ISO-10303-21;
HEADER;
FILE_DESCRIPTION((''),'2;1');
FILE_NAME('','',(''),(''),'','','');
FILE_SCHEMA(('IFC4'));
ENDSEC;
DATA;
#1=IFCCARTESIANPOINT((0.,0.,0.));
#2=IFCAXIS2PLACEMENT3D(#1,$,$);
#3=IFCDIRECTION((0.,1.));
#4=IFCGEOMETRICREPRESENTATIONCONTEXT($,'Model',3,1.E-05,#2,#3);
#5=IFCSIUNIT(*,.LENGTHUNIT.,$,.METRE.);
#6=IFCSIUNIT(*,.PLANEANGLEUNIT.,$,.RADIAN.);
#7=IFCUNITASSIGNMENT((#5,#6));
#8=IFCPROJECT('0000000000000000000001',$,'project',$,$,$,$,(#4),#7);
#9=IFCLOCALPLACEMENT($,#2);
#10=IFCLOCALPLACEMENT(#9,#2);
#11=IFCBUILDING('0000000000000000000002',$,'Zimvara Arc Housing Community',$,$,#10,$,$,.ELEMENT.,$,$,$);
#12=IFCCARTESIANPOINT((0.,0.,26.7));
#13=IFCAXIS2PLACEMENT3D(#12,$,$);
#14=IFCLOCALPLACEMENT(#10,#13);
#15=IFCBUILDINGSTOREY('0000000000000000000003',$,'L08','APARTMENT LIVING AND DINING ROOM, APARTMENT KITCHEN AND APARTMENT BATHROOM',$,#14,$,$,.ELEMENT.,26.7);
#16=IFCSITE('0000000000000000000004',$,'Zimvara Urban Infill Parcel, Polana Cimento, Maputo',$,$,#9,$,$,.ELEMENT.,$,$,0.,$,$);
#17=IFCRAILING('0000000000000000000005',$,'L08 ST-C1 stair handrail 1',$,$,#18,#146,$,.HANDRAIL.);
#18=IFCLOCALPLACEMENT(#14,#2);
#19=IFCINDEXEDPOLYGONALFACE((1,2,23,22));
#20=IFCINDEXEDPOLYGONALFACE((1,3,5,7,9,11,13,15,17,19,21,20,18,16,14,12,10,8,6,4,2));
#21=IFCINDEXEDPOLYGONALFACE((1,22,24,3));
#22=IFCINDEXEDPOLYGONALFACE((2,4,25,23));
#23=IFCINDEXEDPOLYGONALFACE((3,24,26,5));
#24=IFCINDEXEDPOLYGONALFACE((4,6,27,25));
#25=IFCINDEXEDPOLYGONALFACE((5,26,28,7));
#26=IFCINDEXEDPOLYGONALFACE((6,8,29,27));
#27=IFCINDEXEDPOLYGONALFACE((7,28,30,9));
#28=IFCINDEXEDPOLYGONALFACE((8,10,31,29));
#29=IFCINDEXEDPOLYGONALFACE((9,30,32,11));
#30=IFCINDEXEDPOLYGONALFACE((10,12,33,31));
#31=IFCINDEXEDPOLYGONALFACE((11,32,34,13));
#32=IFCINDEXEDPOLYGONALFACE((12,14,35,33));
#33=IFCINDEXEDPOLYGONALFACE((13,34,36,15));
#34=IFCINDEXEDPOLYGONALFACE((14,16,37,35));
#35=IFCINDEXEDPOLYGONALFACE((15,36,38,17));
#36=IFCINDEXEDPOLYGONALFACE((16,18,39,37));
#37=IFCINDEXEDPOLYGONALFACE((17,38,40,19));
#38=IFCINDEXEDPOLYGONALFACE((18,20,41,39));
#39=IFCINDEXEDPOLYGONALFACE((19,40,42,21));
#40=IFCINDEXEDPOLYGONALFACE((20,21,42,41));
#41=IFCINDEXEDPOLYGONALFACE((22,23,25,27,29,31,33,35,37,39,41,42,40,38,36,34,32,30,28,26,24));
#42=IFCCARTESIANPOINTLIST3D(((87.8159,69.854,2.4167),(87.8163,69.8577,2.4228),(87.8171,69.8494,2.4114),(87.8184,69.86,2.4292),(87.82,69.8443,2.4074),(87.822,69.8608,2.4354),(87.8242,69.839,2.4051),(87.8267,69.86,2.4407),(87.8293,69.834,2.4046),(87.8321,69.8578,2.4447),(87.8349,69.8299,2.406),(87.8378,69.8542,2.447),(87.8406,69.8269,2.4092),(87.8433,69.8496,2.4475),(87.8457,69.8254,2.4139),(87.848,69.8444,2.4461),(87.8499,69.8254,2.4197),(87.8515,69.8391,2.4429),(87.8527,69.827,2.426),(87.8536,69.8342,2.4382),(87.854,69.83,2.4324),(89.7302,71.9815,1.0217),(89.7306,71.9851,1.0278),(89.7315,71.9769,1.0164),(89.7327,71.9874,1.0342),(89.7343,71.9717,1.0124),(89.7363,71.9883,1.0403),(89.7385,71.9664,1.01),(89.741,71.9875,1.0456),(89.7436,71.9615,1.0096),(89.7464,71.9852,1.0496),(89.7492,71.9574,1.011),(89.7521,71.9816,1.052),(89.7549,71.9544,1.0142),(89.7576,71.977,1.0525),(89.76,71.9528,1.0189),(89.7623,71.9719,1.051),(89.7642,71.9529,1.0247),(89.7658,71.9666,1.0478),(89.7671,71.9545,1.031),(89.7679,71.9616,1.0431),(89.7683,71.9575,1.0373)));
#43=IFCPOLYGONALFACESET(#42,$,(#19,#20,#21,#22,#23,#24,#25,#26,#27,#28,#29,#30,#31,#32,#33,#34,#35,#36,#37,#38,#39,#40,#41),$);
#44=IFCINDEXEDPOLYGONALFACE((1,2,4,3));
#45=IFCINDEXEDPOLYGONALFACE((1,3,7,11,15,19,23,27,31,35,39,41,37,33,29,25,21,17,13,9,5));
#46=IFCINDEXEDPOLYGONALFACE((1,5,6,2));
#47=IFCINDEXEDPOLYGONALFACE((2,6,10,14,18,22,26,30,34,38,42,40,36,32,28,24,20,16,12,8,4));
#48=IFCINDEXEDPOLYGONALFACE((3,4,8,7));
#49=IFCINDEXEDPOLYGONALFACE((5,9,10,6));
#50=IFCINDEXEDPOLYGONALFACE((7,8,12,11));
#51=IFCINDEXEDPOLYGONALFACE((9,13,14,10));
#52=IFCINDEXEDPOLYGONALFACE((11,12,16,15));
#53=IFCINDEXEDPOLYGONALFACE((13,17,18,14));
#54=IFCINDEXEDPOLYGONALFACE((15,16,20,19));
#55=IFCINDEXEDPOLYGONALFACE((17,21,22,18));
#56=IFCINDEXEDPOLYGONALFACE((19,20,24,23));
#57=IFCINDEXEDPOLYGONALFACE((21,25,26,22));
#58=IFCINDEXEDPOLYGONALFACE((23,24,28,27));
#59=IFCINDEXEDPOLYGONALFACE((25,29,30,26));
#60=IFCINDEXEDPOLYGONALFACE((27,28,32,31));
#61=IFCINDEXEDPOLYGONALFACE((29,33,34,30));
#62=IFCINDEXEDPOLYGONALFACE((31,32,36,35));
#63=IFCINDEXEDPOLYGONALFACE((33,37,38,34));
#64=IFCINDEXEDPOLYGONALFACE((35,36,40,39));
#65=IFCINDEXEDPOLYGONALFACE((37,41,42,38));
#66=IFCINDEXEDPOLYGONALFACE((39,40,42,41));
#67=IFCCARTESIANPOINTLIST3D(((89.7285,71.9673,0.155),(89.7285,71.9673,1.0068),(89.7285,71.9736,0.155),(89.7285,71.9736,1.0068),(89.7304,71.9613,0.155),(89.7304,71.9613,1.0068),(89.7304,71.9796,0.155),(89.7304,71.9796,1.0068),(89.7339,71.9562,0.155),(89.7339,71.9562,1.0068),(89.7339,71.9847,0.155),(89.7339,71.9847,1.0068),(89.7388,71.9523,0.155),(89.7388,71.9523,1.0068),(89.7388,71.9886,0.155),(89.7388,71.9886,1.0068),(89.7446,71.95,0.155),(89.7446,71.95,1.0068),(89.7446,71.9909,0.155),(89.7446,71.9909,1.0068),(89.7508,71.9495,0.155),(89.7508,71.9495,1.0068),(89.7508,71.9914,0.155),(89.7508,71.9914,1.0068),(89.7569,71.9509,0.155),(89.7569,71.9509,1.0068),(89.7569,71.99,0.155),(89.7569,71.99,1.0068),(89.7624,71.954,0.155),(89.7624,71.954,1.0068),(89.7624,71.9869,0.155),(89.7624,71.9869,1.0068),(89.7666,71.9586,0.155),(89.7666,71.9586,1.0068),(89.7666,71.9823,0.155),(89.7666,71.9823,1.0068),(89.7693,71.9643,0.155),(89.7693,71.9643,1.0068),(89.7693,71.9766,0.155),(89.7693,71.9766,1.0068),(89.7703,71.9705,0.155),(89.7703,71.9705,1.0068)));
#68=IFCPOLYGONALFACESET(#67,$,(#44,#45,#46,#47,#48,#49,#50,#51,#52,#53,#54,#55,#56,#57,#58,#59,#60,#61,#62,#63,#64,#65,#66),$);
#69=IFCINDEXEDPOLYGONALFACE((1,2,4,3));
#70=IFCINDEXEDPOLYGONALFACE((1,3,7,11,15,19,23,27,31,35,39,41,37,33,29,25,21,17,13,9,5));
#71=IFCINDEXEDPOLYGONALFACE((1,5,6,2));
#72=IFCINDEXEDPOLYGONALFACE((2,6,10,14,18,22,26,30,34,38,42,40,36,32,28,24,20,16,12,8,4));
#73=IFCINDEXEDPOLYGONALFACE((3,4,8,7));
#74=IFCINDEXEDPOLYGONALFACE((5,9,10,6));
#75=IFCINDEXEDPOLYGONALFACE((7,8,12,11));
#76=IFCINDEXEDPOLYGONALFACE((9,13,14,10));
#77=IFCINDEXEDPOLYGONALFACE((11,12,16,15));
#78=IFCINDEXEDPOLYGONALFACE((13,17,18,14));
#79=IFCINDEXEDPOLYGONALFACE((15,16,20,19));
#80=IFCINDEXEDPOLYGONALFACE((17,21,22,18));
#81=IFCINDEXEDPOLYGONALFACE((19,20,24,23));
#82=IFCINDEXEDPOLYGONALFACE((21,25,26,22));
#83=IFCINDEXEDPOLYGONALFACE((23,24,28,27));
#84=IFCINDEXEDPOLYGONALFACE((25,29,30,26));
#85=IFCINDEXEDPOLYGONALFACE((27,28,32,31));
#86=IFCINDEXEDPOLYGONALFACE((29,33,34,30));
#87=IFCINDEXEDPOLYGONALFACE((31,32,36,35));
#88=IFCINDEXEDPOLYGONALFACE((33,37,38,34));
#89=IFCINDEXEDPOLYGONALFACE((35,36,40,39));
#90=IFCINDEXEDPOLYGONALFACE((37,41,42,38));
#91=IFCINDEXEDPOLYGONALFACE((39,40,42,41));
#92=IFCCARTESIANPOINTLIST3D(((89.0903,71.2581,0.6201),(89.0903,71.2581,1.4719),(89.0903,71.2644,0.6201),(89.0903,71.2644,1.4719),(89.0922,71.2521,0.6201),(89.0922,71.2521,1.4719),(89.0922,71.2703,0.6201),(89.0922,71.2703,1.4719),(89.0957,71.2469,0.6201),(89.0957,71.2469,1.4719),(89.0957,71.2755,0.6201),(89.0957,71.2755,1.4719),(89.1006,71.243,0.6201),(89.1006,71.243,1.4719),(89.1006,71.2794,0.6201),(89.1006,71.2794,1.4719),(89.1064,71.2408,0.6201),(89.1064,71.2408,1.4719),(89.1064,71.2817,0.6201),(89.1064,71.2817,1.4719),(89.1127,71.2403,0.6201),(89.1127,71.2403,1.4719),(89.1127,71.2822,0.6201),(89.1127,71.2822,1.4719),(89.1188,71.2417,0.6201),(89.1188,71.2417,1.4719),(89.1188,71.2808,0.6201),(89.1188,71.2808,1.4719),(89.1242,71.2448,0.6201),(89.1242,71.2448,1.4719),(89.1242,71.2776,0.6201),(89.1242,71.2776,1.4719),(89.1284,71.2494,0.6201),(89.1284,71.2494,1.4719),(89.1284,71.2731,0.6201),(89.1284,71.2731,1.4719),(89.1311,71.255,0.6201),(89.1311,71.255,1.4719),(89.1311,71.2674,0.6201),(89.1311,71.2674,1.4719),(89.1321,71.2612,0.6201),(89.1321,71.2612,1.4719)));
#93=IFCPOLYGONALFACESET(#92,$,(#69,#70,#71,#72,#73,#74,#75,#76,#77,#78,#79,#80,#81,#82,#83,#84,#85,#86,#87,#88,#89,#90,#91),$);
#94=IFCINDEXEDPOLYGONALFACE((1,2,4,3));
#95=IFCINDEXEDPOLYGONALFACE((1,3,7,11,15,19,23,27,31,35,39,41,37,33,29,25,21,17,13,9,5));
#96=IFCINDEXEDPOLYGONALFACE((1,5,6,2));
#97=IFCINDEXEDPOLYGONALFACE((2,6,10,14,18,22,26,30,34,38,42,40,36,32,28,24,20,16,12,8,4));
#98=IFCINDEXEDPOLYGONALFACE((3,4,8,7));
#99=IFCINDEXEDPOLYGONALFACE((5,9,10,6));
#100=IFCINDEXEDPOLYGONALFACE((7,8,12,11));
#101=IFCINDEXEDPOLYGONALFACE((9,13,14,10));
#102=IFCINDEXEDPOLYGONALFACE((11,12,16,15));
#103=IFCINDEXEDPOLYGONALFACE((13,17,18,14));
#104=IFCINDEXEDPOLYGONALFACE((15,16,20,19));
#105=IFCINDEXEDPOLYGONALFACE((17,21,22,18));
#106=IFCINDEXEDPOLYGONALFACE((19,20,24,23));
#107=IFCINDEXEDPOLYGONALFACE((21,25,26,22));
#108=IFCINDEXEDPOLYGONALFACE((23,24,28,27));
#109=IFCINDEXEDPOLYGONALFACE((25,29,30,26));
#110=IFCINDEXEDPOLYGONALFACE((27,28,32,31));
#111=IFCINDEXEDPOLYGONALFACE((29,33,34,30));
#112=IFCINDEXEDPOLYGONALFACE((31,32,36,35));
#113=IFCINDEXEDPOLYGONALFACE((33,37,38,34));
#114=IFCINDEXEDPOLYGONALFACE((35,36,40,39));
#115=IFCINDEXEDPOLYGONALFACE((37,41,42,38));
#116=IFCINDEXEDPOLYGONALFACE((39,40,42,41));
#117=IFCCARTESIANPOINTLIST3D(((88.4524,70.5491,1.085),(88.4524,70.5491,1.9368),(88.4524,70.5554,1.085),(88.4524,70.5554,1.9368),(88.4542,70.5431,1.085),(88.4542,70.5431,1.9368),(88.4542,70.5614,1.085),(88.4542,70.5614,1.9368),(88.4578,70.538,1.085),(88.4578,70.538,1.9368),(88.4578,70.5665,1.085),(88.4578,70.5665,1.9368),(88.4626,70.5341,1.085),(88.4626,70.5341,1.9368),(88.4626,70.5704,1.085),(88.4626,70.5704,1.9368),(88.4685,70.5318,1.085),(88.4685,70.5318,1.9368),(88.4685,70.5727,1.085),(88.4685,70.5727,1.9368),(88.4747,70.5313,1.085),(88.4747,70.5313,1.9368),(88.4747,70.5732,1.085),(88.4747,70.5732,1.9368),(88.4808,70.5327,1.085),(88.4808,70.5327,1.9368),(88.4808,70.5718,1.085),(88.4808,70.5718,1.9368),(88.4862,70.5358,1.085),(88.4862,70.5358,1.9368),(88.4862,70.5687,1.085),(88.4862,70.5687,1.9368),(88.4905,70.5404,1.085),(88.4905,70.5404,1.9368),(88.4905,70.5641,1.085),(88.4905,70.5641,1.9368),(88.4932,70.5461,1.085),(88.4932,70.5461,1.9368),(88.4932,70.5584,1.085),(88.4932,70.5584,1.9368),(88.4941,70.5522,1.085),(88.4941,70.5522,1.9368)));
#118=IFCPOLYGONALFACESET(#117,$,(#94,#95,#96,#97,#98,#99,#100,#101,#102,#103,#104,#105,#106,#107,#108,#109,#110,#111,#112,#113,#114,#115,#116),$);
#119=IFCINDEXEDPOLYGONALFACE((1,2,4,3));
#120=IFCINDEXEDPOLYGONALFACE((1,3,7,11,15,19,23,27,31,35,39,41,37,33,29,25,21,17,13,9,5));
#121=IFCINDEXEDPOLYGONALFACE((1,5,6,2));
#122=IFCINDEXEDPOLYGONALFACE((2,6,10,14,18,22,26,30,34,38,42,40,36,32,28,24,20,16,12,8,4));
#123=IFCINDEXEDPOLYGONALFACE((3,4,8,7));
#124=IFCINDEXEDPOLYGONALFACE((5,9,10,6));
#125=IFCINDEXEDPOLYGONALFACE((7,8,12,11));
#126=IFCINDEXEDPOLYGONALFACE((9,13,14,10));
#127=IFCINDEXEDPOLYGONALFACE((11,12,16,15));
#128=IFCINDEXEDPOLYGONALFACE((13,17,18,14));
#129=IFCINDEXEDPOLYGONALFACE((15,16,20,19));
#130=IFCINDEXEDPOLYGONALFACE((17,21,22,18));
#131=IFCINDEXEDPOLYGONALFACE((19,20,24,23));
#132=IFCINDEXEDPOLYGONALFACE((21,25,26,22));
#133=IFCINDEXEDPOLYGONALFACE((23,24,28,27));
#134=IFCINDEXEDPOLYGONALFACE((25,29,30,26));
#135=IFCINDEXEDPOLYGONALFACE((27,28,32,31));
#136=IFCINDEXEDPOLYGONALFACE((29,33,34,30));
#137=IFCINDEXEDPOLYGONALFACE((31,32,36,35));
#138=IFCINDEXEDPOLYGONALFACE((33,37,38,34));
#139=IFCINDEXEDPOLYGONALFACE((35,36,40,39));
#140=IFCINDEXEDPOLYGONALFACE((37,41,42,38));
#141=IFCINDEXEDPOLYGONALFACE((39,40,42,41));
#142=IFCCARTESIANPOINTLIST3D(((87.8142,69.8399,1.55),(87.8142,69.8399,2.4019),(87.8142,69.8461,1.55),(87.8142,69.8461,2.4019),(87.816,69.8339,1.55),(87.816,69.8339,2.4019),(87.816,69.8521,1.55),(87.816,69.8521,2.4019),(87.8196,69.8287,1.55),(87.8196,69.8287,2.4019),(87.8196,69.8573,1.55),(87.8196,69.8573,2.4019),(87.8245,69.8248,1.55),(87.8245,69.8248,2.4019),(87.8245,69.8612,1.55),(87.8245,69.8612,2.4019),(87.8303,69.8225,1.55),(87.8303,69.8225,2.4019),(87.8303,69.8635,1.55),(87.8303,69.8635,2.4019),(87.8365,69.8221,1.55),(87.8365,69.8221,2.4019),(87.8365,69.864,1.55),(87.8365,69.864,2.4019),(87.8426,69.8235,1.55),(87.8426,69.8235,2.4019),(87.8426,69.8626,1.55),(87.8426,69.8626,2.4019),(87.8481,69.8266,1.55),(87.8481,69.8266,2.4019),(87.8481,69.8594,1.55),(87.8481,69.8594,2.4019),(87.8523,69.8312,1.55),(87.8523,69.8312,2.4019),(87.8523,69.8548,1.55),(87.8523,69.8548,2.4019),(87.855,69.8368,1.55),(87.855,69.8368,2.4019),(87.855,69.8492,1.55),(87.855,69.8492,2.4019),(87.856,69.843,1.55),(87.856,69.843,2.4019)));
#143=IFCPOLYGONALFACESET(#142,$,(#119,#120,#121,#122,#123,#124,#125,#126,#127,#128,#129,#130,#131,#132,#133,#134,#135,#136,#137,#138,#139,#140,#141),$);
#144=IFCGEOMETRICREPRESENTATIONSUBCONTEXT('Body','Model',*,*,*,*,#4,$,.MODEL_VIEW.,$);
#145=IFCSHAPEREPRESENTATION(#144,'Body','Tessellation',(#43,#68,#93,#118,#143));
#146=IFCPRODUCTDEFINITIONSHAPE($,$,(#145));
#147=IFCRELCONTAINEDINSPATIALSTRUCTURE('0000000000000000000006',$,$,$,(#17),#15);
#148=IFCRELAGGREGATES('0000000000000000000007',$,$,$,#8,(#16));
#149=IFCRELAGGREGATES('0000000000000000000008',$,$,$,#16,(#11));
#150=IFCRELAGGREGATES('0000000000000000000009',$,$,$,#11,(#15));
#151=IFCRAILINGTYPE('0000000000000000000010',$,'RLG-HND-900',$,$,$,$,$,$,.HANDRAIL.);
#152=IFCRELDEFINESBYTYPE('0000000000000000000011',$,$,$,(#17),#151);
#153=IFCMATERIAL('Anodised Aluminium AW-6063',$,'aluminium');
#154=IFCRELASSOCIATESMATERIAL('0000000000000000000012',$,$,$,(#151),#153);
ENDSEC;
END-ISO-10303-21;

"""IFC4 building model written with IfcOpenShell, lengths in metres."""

from ifc_helpers import new_model, si_unit, direction, frame, origin, origin_2d, place, context, subcontext, project, spatial, circle, extrude, material, type_object, element, save


model = new_model("IFC4")

# Units and contexts
model_context = context("Model", 3, precision=1e-05, world=origin(), true_north=direction((0.0, 1.0)))
body_context = subcontext(model_context, "Body", "Model", "MODEL_VIEW")
ifc_project = project(units=[si_unit("LENGTHUNIT", "METRE"), si_unit("PLANEANGLEUNIT", "RADIAN")], contexts=[model_context])

# Site, building, storey
site_placement = place(None, origin())
site = spatial("IfcSite", under=ifc_project, at=site_placement, Name="Zimvara Urban Infill Parcel, Polana Cimento, Maputo", CompositionType="ELEMENT", RefElevation=0.0)
building_placement = place(site_placement, origin())
building = spatial("IfcBuilding", under=site, at=building_placement, Name="Zimvara Arc Housing Community", CompositionType="ELEMENT")
storey_placement = place(building_placement, frame((0.0, 0.0, 26.7)))
storey = spatial("IfcBuildingStorey", under=building, at=storey_placement, Name="L08", Description="APARTMENT LIVING AND DINING ROOM, APARTMENT KITCHEN AND APARTMENT BATHROOM", CompositionType="ELEMENT", Elevation=26.7)

# Railing
ifc_material_1 = material(Name="Anodised Aluminium AW-6063", Category="aluminium")
railing_type_1 = type_object("IfcRailingType", Name="RLG-HND-900", PredefinedType="HANDRAIL", material=ifc_material_1)
railing_1_placement = place(storey_placement, frame((89.7493, 71.9705, 0.155)))
element("IfcRailing", 1, at=railing_1_placement, inside=storey, type_object=railing_type_1, Name="L08 ST-C1 stair handrail 1", PredefinedType="HANDRAIL", context=body_context, shape_type="SweptSolid", body=[
    extrude(circle(Radius=0.0239, at=origin_2d()), frame((0.0, 0.0, 0.876), z_axis=(-0.601263, -0.668206, 0.43816), x_axis=(0.743362, -0.668889, 0.0)), (0.0, 0.0, 1.0), 3.1838),
    extrude(circle(Radius=0.021, at=origin_2d()), origin(), (0.0, 0.0, 1.0), 0.8518),
    extrude(circle(Radius=0.021, at=origin_2d()), frame((-0.6382, -0.7092, 0.4651)), (0.0, 0.0, 1.0), 0.8518),
    extrude(circle(Radius=0.021, at=origin_2d()), frame((-1.2761, -1.4182, 0.9299)), (0.0, 0.0, 1.0), 0.8518),
    extrude(circle(Radius=0.021, at=origin_2d()), frame((-1.9143, -2.1274, 1.395)), (0.0, 0.0, 1.0), 0.8518),
])

save(model, "model.ifc")
